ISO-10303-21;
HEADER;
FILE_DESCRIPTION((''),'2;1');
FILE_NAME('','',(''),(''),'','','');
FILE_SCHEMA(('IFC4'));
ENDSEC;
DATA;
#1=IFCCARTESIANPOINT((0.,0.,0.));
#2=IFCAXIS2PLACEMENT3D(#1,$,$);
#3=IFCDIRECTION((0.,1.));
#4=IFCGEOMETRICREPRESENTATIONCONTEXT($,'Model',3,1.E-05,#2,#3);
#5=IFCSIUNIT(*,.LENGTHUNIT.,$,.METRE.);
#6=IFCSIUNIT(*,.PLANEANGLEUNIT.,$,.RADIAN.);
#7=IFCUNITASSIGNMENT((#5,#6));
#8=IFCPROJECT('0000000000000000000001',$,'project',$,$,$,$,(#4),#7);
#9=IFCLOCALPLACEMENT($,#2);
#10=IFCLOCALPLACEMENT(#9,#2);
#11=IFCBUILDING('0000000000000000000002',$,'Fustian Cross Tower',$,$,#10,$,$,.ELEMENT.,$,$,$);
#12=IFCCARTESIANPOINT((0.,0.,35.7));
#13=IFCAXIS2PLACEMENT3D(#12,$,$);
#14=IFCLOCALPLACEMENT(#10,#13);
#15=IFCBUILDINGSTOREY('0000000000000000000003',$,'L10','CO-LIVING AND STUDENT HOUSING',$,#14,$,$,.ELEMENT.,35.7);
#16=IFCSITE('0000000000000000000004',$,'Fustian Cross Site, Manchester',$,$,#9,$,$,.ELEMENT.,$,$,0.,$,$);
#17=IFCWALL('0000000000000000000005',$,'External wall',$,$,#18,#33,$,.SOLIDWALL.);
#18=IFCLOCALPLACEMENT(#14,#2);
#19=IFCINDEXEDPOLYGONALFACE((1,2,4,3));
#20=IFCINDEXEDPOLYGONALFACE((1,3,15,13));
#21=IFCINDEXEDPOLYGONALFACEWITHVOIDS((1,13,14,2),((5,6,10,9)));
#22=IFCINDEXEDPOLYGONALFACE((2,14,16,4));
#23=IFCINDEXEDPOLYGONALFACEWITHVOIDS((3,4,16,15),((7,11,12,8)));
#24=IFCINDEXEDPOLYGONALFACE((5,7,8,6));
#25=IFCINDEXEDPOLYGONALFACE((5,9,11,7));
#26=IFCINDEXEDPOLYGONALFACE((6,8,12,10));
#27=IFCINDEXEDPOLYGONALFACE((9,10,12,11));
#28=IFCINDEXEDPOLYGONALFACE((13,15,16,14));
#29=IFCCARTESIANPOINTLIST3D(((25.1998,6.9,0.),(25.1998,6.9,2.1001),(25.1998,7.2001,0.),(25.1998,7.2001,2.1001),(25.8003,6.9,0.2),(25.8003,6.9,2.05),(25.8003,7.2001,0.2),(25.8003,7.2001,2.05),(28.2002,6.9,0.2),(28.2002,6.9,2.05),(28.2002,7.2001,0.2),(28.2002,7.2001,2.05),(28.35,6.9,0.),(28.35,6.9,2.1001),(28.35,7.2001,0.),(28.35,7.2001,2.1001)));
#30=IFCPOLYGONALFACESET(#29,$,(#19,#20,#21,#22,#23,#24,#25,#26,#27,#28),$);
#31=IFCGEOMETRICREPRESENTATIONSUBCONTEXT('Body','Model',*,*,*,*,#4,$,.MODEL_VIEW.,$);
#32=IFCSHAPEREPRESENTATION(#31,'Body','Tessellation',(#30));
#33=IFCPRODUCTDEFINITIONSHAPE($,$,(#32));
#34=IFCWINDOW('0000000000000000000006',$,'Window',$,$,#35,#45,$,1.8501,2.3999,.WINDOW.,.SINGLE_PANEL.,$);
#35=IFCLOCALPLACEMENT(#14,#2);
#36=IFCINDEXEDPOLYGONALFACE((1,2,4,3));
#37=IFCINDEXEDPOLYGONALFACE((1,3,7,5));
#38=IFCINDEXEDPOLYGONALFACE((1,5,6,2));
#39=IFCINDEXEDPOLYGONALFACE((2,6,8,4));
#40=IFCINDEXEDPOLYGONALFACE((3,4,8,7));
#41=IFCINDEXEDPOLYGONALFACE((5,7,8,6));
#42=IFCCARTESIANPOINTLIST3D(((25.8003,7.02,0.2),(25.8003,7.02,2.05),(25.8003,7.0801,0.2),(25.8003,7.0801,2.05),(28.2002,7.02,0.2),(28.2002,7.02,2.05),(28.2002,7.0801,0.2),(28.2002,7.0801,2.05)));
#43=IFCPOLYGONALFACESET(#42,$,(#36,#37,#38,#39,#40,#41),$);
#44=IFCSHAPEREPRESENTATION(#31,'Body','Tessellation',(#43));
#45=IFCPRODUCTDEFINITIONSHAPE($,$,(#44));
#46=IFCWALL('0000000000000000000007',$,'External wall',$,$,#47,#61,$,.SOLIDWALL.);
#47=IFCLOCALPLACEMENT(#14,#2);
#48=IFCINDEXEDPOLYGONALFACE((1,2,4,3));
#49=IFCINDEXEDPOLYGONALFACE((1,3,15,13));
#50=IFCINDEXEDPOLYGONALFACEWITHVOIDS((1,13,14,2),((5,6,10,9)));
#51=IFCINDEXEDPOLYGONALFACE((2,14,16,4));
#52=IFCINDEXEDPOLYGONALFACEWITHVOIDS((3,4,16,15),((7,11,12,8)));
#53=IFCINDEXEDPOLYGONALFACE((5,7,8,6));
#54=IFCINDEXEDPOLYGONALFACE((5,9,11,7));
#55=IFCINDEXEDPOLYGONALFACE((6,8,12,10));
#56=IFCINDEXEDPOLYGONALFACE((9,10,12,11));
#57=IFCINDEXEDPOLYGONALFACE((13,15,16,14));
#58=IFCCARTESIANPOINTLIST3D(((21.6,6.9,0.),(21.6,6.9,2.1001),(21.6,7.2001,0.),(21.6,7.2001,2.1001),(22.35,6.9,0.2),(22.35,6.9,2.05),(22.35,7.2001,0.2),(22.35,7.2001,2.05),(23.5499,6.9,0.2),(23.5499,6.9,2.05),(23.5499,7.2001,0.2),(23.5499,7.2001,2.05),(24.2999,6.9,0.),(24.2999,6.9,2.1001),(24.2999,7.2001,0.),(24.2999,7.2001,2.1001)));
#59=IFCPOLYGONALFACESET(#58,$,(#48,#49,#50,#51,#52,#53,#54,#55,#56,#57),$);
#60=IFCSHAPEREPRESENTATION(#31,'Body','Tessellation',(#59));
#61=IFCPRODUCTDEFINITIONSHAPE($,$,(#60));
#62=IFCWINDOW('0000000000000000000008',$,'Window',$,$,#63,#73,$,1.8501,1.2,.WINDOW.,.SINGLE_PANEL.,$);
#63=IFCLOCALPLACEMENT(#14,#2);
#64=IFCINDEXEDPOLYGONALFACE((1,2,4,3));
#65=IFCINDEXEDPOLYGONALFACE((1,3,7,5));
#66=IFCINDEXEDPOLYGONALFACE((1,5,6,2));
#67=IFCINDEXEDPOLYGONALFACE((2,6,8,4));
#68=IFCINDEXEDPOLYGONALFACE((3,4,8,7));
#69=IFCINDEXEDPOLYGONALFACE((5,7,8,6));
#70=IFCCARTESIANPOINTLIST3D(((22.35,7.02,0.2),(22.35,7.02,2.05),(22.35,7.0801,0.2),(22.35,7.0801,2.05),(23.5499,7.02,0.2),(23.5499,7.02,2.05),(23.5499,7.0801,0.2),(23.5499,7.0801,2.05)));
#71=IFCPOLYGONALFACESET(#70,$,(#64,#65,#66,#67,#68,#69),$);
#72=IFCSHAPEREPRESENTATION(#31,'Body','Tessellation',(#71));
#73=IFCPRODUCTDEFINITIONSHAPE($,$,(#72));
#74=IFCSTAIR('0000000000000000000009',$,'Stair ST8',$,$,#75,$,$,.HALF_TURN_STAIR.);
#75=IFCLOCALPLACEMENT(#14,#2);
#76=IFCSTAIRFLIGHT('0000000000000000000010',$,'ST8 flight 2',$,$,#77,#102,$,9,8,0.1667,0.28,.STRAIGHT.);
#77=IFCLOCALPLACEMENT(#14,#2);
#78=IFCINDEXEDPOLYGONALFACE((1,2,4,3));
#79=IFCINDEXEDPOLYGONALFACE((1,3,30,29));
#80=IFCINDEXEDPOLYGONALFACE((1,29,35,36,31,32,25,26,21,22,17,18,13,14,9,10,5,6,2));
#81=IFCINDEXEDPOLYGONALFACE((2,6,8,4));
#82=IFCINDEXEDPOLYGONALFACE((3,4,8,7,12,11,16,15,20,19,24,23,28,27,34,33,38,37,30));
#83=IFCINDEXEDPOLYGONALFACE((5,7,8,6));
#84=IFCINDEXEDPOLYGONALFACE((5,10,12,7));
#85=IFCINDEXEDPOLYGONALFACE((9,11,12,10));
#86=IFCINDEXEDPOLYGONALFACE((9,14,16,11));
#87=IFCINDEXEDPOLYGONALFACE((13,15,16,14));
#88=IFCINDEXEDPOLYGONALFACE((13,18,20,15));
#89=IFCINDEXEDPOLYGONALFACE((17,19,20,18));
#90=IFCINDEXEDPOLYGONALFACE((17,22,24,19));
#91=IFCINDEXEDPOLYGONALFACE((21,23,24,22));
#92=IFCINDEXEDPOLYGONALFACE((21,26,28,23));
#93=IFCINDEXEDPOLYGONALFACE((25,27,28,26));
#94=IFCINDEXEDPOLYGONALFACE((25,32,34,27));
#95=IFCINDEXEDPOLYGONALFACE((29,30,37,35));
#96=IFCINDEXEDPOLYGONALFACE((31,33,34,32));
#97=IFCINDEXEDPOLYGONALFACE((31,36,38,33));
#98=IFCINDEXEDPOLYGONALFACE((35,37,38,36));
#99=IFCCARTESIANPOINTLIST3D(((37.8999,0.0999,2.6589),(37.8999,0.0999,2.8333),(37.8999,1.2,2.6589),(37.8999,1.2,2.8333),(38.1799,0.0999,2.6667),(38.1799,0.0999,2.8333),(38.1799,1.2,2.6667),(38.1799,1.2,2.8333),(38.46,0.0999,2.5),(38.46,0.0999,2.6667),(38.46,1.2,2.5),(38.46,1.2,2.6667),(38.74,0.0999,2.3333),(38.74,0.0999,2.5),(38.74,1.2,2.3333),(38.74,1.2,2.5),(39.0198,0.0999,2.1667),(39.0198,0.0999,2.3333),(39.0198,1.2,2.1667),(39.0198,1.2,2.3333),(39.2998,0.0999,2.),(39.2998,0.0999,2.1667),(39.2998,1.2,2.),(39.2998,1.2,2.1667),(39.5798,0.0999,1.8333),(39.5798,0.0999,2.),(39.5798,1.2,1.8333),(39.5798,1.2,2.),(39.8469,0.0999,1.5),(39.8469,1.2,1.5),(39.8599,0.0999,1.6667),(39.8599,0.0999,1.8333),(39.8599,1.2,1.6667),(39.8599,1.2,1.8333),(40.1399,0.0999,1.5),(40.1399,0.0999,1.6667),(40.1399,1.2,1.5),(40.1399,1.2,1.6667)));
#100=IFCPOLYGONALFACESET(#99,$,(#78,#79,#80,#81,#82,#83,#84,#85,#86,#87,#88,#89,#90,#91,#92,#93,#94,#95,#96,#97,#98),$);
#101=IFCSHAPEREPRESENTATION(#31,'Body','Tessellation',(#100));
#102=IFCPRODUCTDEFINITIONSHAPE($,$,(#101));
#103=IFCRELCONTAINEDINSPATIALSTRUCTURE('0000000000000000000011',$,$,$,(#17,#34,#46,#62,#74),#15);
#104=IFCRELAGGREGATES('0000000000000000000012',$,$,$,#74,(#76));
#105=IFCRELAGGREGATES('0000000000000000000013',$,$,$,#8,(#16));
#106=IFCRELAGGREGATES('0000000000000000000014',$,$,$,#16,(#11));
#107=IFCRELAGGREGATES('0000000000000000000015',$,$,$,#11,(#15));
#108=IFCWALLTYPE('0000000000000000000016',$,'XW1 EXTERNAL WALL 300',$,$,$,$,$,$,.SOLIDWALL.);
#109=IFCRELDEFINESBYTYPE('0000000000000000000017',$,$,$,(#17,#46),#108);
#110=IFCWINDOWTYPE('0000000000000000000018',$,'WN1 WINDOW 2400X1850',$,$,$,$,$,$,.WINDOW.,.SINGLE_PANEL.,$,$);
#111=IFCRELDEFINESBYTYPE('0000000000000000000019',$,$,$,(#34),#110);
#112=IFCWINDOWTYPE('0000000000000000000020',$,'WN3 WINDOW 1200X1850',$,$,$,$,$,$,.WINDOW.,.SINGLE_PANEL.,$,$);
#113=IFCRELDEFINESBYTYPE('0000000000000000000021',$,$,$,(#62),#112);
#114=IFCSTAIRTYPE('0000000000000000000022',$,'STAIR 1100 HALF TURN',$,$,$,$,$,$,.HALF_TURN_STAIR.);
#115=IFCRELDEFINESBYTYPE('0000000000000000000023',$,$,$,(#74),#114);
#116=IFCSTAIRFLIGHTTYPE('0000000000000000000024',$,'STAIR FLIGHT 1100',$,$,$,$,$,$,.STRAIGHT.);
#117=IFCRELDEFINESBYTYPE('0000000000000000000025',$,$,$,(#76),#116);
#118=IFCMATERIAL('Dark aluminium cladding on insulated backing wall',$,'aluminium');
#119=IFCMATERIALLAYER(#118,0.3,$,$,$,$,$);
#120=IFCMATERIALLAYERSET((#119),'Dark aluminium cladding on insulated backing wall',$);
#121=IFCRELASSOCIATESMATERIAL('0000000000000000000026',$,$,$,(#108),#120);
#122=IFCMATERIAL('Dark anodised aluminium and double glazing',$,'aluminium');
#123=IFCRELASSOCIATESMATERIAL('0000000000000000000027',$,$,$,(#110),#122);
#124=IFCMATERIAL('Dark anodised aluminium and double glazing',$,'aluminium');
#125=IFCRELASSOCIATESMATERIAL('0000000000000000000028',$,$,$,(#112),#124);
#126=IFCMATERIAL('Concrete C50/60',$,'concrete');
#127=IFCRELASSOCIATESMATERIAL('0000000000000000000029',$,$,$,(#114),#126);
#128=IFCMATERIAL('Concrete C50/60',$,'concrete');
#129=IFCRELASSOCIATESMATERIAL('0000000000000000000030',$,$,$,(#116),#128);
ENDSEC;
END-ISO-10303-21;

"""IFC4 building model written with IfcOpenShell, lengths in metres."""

from ifc_helpers import new_model, si_unit, direction, frame, frame_2d, origin, place, context, subcontext, project, spatial, polyline, rectangle, outline, extrude, material, layer, layer_set, type_object, element, fill, aggregate, save


model = new_model("IFC4")

# Units and contexts
model_context = context("Model", 3, precision=1e-05, world=origin(), true_north=direction((0.0, 1.0)))
body_context = subcontext(model_context, "Body", "Model", "MODEL_VIEW")
ifc_project = project(units=[si_unit("LENGTHUNIT", "METRE"), si_unit("PLANEANGLEUNIT", "RADIAN")], contexts=[model_context])

# Site, building, storey
site_placement = place(None, origin())
site = spatial("IfcSite", under=ifc_project, at=site_placement, Name="Fustian Cross Site, Manchester", CompositionType="ELEMENT", RefElevation=0.0)
building_placement = place(site_placement, origin())
building = spatial("IfcBuilding", under=site, at=building_placement, Name="Fustian Cross Tower", CompositionType="ELEMENT")
storey_placement = place(building_placement, frame((0.0, 0.0, 35.7)))
storey = spatial("IfcBuildingStorey", under=building, at=storey_placement, Name="L10", Description="CO-LIVING AND STUDENT HOUSING", CompositionType="ELEMENT", Elevation=35.7)

# Shared definitions
ifc_material_1 = material(Name="Dark aluminium cladding on insulated backing wall", Category="aluminium")
ifc_layer_1 = layer(ifc_material_1, 0.3)
ifc_layer_set_1 = layer_set([ifc_layer_1], Name="Dark aluminium cladding on insulated backing wall")
wall_type_1 = type_object("IfcWallType", Name="XW1 EXTERNAL WALL 300", PredefinedType="SOLIDWALL", material=ifc_layer_set_1)

# Walls, openings, windows
ifc_material_2 = material(Name="Dark anodised aluminium and double glazing", Category="aluminium")
window_type_1 = type_object("IfcWindowType", Name="WN1 WINDOW 2400X1850", PartitioningType="SINGLE_PANEL", PredefinedType="WINDOW", material=ifc_material_2)
wall_1_placement = place(storey_placement, frame((28.3501, 7.05, 0.0), z_axis=(0.0, 0.0, 1.0), x_axis=(-1.0, 0.0, 0.0)))
wall_1 = element("IfcWall", 1, at=wall_1_placement, inside=storey, type_object=wall_type_1, Name="External wall", PredefinedType="SOLIDWALL", context=body_context, shape_type="SweptSolid", body=[
    extrude(rectangle(XDim=3.1501, YDim=0.3, at=frame_2d((1.5752, 0.0))), origin(), (0.0, 0.0, 1.0), 2.1001),
])
opening_1_placement = place(wall_1_placement, frame((0.1499, 0.0, 0.2)))
opening_1 = element("IfcOpeningElement", 2, at=opening_1_placement, cuts=wall_1, PredefinedType="OPENING", context=body_context, shape_type="SweptSolid", body=[
    extrude(rectangle(XDim=2.3999, YDim=1.8501, at=frame_2d((1.2, 0.925))), frame((0.0, 0.1599, 0.0), z_axis=(0.0, -1.0, 0.0), x_axis=(1.0, 0.0, 0.0)), (0.0, 0.0, 1.0), 0.3201),
])
window_1_placement = place(opening_1_placement, origin())
window_1 = element("IfcWindow", 3, at=window_1_placement, inside=storey, type_object=window_type_1, Name="Window", OverallHeight=1.8501, OverallWidth=2.3999, PartitioningType="SINGLE_PANEL", PredefinedType="WINDOW", context=body_context, shape_type="SweptSolid", body=[
    extrude(rectangle(XDim=2.3999, YDim=1.8501, at=frame_2d((1.2, 0.925))), frame((0.0, 0.03, 0.0), z_axis=(0.0, -1.0, 0.0), x_axis=(1.0, 0.0, 0.0)), (0.0, 0.0, 1.0), 0.0601),
])
fill(opening_1, window_1)
wall_2_placement = place(storey_placement, frame((24.3, 7.05, 0.0), z_axis=(0.0, 0.0, 1.0), x_axis=(-1.0, 0.0, 0.0)))
wall_2 = element("IfcWall", 4, at=wall_2_placement, inside=storey, type_object=wall_type_1, Name="External wall", PredefinedType="SOLIDWALL", context=body_context, shape_type="SweptSolid", body=[
    extrude(rectangle(XDim=2.7, YDim=0.3, at=frame_2d((1.3501, 0.0))), origin(), (0.0, 0.0, 1.0), 2.1001),
])
opening_2_placement = place(wall_2_placement, frame((0.75, 0.0, 0.2)))
opening_2 = element("IfcOpeningElement", 5, at=opening_2_placement, cuts=wall_2, PredefinedType="OPENING", context=body_context, shape_type="SweptSolid", body=[
    extrude(rectangle(XDim=1.2, YDim=1.8501, at=frame_2d((0.6001, 0.925))), frame((0.0, 0.1599, 0.0), z_axis=(0.0, -1.0, 0.0), x_axis=(1.0, 0.0, 0.0)), (0.0, 0.0, 1.0), 0.3201),
])
ifc_material_3 = material(Name="Dark anodised aluminium and double glazing", Category="aluminium")
window_type_2 = type_object("IfcWindowType", Name="WN3 WINDOW 1200X1850", PartitioningType="SINGLE_PANEL", PredefinedType="WINDOW", material=ifc_material_3)
window_2_placement = place(opening_2_placement, origin())
window_2 = element("IfcWindow", 6, at=window_2_placement, inside=storey, type_object=window_type_2, Name="Window", OverallHeight=1.8501, OverallWidth=1.2, PartitioningType="SINGLE_PANEL", PredefinedType="WINDOW", context=body_context, shape_type="SweptSolid", body=[
    extrude(rectangle(XDim=1.2, YDim=1.8501, at=frame_2d((0.6001, 0.925))), frame((0.0, 0.03, 0.0), z_axis=(0.0, -1.0, 0.0), x_axis=(1.0, 0.0, 0.0)), (0.0, 0.0, 1.0), 0.0601),
])
fill(opening_2, window_2)

# Stair, stair flight
ifc_material_4 = material(Name="Concrete C50/60", Category="concrete")
stair_type = type_object("IfcStairType", Name="STAIR 1100 HALF TURN", PredefinedType="HALF_TURN_STAIR", material=ifc_material_4)
stair_placement = place(storey_placement, origin())
stair = element("IfcStair", 7, at=stair_placement, inside=storey, type_object=stair_type, Name="Stair ST8", PredefinedType="HALF_TURN_STAIR")
ifc_material_5 = material(Name="Concrete C50/60", Category="concrete")
stair_flight_type = type_object("IfcStairFlightType", Name="STAIR FLIGHT 1100", PredefinedType="STRAIGHT", material=ifc_material_5)
stair_flight_placement = place(storey_placement, frame((40.1399, 0.6499, 1.5), z_axis=(0.0, 0.0, 1.0), x_axis=(-1.0, 0.0, 0.0)))
stair_flight = element("IfcStairFlight", 8, at=stair_flight_placement, type_object=stair_flight_type, Name="ST8 flight 2", NumberOfRisers=9, NumberOfTreads=8, PredefinedType="STRAIGHT", RiserHeight=0.1667, TreadLength=0.28, context=body_context, shape_type="SweptSolid", body=[
    extrude(outline(polyline([(0.0, 0.0), (0.0, 0.1667), (0.28, 0.1667), (0.28, 0.3333), (0.5601, 0.3333), (0.5601, 0.5), (0.8401, 0.5), (0.8401, 0.6667), (1.1201, 0.6667), (1.1201, 0.8333), (1.3999, 0.8333), (1.3999, 1.0), (1.6799, 1.0), (1.6799, 1.1667), (1.96, 1.1667), (1.96, 1.3333), (2.24, 1.3333), (2.24, 1.5), (2.24, 1.1589), (0.293, 0.0), (0.0, 0.0)])), frame((0.0, 0.55, 0.0), z_axis=(0.0, -1.0, 0.0), x_axis=(1.0, 0.0, 0.0)), (0.0, 0.0, 1.0), 1.1001),
])
aggregate(stair, [stair_flight])

save(model, "model.ifc")
